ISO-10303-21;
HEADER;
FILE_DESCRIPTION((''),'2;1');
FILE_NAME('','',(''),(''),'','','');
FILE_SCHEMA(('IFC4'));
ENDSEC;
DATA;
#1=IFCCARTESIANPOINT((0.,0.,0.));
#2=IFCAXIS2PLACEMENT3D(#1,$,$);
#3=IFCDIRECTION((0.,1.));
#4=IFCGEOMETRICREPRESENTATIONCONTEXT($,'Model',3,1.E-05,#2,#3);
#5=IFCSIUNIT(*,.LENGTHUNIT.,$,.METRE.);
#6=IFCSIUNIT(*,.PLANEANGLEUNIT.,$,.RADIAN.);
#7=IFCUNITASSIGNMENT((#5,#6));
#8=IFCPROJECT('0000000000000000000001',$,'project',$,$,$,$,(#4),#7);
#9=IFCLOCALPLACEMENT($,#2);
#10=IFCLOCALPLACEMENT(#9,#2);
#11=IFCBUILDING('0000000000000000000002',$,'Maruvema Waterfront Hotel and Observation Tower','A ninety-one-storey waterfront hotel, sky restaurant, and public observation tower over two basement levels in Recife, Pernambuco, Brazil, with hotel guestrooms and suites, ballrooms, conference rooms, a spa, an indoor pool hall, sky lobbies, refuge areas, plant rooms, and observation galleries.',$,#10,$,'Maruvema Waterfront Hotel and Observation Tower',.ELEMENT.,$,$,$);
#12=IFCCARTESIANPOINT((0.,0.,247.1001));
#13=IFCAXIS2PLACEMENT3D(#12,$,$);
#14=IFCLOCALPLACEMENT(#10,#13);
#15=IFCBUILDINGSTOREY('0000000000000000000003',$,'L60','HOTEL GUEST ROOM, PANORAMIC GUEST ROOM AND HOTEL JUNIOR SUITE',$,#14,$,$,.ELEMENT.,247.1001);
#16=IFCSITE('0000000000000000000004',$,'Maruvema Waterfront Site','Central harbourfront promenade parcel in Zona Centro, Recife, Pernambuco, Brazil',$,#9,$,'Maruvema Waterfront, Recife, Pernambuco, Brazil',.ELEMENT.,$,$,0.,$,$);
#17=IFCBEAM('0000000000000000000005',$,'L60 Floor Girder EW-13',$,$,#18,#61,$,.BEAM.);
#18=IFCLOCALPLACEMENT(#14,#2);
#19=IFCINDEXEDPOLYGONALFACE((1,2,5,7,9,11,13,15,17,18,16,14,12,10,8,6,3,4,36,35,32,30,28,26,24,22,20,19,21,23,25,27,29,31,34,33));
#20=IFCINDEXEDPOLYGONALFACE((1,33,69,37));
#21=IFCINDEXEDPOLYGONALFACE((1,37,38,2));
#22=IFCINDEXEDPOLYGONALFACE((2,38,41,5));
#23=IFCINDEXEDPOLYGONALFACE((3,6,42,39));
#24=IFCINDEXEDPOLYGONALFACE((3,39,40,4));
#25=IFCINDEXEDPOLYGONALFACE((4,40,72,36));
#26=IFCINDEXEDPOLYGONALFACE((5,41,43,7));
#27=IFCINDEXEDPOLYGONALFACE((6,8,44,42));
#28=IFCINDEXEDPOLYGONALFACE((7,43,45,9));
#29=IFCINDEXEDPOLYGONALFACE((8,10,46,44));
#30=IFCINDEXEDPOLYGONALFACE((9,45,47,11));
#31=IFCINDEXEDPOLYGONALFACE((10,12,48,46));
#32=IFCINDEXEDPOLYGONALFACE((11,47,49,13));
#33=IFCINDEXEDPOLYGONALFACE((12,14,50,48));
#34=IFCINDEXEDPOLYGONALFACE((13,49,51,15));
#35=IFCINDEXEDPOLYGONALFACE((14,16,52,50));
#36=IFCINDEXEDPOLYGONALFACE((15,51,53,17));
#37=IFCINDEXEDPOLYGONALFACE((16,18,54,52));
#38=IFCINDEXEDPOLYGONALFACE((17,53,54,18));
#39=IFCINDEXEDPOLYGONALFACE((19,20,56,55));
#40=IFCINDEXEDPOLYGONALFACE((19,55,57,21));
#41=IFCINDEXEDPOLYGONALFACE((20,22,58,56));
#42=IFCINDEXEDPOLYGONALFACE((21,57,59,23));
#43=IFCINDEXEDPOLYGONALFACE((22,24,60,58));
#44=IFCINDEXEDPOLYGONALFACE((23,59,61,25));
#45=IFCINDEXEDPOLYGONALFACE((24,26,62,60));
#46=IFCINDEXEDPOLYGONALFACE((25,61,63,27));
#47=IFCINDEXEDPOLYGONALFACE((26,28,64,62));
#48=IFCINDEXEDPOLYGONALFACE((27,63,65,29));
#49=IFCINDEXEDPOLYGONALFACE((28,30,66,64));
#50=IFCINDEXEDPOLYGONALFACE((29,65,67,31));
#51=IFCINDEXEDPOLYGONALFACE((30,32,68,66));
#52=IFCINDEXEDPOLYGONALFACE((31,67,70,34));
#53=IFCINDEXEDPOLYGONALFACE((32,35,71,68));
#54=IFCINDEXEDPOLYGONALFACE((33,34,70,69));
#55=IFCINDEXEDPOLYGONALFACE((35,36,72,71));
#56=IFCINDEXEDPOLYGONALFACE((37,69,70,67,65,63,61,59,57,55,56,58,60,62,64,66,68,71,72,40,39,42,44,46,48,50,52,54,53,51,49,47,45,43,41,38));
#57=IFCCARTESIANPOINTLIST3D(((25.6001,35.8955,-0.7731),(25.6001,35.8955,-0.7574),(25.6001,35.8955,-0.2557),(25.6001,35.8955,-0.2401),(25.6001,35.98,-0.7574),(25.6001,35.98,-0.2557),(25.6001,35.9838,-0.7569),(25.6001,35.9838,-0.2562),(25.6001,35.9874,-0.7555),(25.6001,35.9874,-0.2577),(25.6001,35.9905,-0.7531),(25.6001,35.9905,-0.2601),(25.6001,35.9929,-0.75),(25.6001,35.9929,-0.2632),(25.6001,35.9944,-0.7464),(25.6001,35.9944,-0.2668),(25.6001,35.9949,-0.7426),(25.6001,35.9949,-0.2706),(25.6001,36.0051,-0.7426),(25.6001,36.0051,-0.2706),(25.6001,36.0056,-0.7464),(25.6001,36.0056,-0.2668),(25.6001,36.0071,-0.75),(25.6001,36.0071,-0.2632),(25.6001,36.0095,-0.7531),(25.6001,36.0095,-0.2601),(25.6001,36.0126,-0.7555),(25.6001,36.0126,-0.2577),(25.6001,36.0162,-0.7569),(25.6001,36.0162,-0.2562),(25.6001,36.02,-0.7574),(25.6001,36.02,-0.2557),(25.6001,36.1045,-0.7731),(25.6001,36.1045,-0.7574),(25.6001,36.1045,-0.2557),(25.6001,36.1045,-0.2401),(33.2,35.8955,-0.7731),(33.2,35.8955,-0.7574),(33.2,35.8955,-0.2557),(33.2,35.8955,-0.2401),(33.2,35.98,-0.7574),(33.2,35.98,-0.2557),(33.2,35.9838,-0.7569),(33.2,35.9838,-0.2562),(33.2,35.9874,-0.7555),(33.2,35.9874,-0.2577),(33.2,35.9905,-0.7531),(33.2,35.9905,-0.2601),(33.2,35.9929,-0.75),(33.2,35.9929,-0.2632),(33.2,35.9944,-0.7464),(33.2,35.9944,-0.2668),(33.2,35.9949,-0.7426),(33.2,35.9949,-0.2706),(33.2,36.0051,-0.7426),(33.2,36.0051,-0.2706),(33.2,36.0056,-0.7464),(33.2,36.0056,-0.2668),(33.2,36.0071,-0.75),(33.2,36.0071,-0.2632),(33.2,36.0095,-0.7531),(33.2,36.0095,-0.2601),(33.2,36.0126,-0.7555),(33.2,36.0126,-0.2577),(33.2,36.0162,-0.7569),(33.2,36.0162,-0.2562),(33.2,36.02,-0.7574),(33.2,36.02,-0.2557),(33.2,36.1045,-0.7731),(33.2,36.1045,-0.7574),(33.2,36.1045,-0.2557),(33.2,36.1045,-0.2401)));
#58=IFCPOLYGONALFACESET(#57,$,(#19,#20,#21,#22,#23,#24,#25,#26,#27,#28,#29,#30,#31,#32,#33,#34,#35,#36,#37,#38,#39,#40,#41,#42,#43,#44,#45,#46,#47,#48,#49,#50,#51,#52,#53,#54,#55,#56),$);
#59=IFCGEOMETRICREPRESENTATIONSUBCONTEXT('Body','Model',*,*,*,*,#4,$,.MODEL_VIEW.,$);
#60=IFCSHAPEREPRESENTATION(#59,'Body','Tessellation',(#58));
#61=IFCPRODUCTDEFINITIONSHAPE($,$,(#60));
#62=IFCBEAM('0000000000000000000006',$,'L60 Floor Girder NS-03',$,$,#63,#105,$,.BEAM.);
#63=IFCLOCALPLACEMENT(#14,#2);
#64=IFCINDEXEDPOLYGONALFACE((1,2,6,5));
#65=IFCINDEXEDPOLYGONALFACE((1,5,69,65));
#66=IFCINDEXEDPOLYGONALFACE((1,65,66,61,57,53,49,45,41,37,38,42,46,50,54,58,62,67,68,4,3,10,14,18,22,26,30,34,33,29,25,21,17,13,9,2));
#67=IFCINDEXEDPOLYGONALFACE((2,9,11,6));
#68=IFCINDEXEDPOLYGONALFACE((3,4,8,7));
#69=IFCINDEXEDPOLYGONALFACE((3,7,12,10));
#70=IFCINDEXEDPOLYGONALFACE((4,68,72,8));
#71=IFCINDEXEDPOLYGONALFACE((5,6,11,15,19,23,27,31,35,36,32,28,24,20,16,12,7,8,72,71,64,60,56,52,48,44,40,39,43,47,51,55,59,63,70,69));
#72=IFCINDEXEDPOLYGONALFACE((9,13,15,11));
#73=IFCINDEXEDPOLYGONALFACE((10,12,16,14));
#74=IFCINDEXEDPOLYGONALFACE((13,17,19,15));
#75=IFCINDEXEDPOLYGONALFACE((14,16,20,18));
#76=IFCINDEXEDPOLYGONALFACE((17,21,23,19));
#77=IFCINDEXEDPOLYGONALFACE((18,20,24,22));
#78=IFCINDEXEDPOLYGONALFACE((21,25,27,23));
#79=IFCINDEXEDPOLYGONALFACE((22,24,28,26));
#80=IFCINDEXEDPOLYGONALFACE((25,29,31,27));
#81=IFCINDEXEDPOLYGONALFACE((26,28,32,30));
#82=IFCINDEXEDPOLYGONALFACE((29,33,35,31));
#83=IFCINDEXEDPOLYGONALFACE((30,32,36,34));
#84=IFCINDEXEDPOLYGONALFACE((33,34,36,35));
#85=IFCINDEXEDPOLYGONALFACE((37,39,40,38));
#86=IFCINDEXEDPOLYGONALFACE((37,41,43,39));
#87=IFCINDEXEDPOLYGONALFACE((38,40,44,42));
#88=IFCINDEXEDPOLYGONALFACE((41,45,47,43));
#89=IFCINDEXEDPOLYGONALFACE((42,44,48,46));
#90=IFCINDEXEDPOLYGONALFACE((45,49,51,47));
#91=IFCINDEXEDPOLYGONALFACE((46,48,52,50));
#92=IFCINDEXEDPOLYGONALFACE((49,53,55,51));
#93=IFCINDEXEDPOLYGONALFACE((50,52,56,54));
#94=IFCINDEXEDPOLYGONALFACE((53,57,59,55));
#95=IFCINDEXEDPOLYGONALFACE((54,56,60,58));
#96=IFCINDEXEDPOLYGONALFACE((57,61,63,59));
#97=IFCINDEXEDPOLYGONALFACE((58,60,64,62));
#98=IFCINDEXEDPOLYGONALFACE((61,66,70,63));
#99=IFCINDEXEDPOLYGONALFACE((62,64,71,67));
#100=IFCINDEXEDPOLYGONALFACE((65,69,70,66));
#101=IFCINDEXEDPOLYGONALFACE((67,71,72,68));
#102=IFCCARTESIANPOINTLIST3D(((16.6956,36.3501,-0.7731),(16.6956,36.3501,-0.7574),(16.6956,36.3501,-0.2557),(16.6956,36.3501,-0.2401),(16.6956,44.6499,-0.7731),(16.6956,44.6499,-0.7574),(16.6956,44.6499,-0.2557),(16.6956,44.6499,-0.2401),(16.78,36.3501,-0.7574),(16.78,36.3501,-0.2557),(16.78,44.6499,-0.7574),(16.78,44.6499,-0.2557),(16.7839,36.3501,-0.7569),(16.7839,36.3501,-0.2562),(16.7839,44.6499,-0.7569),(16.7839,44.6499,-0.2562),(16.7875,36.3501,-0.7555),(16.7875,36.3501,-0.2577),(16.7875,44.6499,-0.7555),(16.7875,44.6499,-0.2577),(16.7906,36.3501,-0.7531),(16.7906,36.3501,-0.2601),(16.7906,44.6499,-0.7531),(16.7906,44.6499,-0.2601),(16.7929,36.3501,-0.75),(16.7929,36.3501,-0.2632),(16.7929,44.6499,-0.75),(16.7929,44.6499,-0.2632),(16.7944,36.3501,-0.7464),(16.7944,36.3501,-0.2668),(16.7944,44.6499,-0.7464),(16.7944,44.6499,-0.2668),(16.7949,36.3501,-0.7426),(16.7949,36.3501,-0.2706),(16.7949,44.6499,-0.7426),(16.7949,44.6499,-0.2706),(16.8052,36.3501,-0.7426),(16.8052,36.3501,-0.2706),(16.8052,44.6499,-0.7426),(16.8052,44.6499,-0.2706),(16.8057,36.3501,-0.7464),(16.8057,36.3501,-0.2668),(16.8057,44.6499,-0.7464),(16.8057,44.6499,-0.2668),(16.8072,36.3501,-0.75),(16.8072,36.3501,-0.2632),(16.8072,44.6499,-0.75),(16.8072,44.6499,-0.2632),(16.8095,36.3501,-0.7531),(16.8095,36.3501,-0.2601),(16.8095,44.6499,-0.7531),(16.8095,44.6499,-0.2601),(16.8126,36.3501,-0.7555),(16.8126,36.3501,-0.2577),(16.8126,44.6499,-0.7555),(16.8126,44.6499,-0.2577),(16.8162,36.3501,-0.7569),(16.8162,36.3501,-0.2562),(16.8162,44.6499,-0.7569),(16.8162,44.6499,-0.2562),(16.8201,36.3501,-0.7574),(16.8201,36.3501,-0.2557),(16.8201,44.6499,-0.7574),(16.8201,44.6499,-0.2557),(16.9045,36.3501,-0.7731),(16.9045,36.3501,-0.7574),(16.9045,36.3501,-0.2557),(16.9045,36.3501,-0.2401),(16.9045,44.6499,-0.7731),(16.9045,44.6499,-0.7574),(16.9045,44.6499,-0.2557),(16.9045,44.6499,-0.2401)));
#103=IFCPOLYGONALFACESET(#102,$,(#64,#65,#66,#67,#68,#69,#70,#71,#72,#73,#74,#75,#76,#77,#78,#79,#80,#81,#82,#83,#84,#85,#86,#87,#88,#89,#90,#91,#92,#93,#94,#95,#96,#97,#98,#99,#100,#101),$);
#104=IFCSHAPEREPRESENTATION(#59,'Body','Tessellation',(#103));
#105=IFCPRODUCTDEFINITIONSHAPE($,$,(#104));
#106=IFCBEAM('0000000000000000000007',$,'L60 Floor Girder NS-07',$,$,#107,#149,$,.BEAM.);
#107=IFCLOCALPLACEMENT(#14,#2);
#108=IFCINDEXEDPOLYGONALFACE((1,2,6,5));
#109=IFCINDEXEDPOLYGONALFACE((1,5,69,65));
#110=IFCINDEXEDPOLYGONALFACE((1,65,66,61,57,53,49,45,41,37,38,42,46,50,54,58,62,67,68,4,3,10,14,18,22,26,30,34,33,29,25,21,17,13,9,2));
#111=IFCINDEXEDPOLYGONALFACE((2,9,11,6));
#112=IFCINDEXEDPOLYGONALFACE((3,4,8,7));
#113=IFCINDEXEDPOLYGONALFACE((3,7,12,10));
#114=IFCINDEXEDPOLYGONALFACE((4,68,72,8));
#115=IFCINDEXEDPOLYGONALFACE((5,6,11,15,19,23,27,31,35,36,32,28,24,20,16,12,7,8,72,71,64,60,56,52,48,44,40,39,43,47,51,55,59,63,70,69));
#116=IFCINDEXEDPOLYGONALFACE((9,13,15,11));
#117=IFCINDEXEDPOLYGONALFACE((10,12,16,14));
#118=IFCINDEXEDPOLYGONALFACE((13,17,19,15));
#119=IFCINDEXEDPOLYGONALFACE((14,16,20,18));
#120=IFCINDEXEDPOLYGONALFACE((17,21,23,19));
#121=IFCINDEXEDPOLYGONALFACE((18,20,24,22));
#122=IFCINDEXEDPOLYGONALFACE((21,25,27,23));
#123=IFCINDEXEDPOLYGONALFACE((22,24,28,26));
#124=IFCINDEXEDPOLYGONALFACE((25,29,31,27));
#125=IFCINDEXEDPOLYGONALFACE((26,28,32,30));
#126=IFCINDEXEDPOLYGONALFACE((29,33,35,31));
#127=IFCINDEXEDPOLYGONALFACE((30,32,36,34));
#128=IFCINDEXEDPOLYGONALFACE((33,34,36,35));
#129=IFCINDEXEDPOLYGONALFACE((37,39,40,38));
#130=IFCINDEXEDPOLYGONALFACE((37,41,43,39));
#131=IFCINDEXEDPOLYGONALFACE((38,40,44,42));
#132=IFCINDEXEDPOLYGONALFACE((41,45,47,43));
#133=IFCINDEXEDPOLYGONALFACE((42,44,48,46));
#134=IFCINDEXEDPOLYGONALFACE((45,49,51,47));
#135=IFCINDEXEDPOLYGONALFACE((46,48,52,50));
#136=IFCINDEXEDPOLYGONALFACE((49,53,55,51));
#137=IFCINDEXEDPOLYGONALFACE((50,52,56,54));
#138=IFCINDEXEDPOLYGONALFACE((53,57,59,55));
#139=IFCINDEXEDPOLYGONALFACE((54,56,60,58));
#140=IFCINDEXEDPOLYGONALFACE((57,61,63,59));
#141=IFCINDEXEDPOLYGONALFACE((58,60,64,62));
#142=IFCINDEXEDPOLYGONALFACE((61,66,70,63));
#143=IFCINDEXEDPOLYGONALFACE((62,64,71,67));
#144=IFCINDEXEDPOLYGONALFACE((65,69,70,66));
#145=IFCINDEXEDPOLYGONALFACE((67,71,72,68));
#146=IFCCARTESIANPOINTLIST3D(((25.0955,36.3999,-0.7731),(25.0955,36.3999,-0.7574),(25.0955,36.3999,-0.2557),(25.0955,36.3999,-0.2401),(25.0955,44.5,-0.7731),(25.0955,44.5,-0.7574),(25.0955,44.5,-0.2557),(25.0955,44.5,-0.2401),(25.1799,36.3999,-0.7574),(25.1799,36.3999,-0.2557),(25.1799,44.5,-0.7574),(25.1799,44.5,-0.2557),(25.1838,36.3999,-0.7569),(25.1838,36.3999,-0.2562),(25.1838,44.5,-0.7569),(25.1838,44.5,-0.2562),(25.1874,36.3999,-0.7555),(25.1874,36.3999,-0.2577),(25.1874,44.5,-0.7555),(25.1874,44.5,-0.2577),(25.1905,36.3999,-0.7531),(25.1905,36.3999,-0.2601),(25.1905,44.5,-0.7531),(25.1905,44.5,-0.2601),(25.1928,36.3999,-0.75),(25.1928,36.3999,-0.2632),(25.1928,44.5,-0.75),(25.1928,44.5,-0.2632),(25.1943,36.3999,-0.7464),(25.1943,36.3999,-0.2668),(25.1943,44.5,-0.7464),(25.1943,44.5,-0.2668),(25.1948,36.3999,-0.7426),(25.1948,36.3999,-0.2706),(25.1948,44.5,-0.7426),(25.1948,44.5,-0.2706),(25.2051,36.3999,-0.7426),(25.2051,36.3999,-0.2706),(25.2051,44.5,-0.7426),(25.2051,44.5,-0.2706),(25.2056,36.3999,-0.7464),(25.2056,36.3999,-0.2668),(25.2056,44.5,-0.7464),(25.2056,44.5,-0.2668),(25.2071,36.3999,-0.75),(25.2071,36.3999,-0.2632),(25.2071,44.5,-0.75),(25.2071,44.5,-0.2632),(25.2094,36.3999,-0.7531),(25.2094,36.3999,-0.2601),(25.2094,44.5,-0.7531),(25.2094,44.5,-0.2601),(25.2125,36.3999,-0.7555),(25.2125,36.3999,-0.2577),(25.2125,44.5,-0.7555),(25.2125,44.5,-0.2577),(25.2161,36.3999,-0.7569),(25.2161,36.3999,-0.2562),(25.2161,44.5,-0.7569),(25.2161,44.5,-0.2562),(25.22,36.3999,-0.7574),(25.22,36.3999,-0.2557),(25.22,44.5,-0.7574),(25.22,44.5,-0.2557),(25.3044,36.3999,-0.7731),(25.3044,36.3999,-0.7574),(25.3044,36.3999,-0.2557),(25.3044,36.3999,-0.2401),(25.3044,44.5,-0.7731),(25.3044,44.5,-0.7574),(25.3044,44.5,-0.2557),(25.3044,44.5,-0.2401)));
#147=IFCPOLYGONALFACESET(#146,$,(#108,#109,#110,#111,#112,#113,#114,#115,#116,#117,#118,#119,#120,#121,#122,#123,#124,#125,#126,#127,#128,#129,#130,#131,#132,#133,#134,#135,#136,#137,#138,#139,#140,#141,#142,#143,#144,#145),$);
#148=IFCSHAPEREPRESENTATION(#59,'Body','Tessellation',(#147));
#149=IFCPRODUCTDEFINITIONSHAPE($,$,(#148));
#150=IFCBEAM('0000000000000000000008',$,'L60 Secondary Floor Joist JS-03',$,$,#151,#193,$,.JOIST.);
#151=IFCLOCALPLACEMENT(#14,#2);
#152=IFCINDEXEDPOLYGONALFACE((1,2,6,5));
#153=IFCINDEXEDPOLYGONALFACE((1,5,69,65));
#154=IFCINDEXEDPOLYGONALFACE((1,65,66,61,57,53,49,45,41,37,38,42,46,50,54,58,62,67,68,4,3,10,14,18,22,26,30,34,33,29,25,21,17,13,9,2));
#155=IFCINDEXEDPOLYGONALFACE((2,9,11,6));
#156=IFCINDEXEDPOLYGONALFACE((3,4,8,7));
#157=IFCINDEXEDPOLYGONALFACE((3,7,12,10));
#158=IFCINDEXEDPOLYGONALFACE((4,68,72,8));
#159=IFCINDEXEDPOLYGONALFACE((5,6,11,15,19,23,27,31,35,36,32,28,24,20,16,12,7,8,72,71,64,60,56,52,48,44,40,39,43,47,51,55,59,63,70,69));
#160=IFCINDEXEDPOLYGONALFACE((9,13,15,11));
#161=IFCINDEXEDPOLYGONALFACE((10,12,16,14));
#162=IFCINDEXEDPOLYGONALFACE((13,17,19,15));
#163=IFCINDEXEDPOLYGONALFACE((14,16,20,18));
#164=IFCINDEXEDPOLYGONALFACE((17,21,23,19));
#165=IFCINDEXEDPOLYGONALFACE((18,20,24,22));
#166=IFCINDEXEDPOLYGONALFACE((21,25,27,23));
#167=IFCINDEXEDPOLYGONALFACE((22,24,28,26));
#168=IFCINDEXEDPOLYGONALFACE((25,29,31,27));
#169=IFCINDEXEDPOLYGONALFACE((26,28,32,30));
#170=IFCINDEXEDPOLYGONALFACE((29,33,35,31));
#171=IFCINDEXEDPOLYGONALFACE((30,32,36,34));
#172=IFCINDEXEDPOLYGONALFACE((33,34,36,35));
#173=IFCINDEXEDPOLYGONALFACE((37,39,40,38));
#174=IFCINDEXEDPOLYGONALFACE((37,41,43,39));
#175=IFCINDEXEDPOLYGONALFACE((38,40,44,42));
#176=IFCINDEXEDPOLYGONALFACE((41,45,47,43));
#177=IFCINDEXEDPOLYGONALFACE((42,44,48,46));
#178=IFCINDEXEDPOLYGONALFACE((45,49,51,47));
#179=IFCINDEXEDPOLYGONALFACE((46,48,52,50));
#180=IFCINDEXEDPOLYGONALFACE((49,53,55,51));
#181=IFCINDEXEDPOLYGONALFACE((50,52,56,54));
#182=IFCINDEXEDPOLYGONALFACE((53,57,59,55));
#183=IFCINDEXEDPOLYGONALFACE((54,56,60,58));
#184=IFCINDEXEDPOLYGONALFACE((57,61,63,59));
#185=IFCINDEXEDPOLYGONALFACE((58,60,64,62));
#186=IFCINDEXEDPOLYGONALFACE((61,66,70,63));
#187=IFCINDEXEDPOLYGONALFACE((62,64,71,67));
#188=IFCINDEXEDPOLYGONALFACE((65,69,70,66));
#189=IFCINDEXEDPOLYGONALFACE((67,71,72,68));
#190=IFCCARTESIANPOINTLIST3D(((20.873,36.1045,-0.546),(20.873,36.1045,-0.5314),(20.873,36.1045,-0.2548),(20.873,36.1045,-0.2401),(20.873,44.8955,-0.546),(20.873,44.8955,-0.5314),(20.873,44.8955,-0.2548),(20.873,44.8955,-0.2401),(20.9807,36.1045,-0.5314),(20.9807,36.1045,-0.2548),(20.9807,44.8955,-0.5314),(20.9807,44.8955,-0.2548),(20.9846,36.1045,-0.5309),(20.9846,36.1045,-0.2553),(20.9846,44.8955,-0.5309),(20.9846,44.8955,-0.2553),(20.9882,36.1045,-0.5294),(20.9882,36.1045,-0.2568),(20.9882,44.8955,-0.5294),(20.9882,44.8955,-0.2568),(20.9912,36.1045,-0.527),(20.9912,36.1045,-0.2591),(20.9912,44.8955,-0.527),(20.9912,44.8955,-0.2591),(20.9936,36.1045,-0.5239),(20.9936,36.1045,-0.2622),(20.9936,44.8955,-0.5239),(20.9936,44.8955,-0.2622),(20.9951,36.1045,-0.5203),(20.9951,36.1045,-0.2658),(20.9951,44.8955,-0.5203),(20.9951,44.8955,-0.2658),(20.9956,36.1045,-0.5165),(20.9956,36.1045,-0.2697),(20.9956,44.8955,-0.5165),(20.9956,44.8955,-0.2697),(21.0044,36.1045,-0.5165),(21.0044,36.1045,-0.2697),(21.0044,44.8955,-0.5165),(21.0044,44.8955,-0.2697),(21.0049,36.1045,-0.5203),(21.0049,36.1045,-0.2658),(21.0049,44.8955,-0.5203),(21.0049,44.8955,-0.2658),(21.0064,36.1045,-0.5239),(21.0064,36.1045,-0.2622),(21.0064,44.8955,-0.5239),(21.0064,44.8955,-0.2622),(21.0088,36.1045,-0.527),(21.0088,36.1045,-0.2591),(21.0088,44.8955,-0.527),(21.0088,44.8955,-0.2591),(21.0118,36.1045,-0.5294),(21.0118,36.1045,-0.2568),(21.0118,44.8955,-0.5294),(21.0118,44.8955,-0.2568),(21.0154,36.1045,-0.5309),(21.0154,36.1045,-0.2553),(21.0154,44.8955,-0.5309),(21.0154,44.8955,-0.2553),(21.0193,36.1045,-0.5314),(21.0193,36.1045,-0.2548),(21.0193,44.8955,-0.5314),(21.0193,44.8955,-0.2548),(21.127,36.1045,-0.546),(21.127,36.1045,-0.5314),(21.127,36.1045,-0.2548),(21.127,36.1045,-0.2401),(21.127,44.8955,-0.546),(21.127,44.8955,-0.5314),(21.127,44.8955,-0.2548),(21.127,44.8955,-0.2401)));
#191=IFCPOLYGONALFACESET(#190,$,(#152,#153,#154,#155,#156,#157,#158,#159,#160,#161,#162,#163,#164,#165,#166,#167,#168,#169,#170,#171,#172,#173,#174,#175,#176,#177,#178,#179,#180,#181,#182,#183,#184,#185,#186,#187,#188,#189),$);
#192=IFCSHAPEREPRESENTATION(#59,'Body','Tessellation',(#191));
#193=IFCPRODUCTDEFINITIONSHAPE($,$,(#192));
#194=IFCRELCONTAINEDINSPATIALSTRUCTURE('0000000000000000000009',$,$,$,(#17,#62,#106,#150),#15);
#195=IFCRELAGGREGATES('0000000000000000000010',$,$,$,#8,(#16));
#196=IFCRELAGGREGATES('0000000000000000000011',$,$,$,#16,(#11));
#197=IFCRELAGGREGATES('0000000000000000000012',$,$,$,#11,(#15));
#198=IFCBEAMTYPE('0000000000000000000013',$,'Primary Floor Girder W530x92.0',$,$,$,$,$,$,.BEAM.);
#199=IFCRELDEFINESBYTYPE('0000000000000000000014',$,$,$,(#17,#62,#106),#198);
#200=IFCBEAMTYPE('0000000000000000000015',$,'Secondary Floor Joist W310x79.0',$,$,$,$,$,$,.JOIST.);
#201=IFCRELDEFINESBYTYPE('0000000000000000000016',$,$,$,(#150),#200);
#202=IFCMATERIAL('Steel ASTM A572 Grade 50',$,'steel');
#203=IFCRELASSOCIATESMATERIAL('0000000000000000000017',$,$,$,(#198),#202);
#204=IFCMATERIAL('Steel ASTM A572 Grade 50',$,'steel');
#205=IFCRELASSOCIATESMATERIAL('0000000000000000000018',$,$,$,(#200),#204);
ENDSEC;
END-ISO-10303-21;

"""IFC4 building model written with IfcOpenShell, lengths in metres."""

from ifc_helpers import new_model, si_unit, direction, frame, origin, origin_2d, place, context, subcontext, project, spatial, i_section, extrude, material, material_profile, profile_set, type_object, element, save


model = new_model("IFC4")

# Units and contexts
model_context = context("Model", 3, precision=1e-05, world=origin(), true_north=direction((0.0, 1.0)))
body_context = subcontext(model_context, "Body", "Model", "MODEL_VIEW")
ifc_project = project(units=[si_unit("LENGTHUNIT", "METRE"), si_unit("PLANEANGLEUNIT", "RADIAN")], contexts=[model_context])

# Site, building, storey
site_placement = place(None, origin())
site = spatial("IfcSite", under=ifc_project, at=site_placement, Name="Maruvema Waterfront Site", Description="Central harbourfront promenade parcel in Zona Centro, Recife, Pernambuco, Brazil", LongName="Maruvema Waterfront, Recife, Pernambuco, Brazil", CompositionType="ELEMENT", RefElevation=0.0)
building_placement = place(site_placement, origin())
building = spatial("IfcBuilding", under=site, at=building_placement, Name="Maruvema Waterfront Hotel and Observation Tower", Description="A ninety-one-storey waterfront hotel, sky restaurant, and public observation tower over two basement levels in Recife, Pernambuco, Brazil, with hotel guestrooms and suites, ballrooms, conference rooms, a spa, an indoor pool hall, sky lobbies, refuge areas, plant rooms, and observation galleries.", LongName="Maruvema Waterfront Hotel and Observation Tower", CompositionType="ELEMENT")
storey_placement = place(building_placement, frame((0.0, 0.0, 247.1001)))
storey = spatial("IfcBuildingStorey", under=building, at=storey_placement, Name="L60", Description="HOTEL GUEST ROOM, PANORAMIC GUEST ROOM AND HOTEL JUNIOR SUITE", CompositionType="ELEMENT", Elevation=247.1001)

# Beams
ifc_material_1 = material(Name="Steel ASTM A572 Grade 50", Category="steel")
ifc_material_profile_1 = material_profile(ifc_material_1, i_section(OverallWidth=0.209, OverallDepth=0.533, WebThickness=0.0103, FlangeThickness=0.0156, FilletRadius=0.0149, at=origin_2d()), Name="W530x92.0")
ifc_profile_set_1 = profile_set([ifc_material_profile_1], Name="Steel ASTM A572 Grade 50")
beam_type_1 = type_object("IfcBeamType", Name="Primary Floor Girder W530x92.0", PredefinedType="BEAM", material=ifc_profile_set_1)
beam_1_placement = place(storey_placement, frame((25.6001, 36.0, -0.5066), z_axis=(1.0, 0.0, 0.0), x_axis=(0.0, 1.0, 0.0)))
element("IfcBeam", 1, at=beam_1_placement, inside=storey, type_object=beam_type_1, Name="L60 Floor Girder EW-13", PredefinedType="BEAM", context=body_context, shape_type="SweptSolid", body=[
    extrude(i_section(OverallWidth=0.209, OverallDepth=0.533, WebThickness=0.0103, FlangeThickness=0.0156, FilletRadius=0.0149, at=origin_2d()), origin(), (0.0, 0.0, 1.0), 7.5999),
])
beam_2_placement = place(storey_placement, frame((16.8, 36.3501, -0.5066), z_axis=(0.0, 1.0, 0.0), x_axis=(-1.0, 0.0, 0.0)))
element("IfcBeam", 2, at=beam_2_placement, inside=storey, type_object=beam_type_1, Name="L60 Floor Girder NS-03", PredefinedType="BEAM", context=body_context, shape_type="SweptSolid", body=[
    extrude(i_section(OverallWidth=0.209, OverallDepth=0.533, WebThickness=0.0103, FlangeThickness=0.0156, FilletRadius=0.0149, at=origin_2d()), origin(), (0.0, 0.0, 1.0), 8.2998),
])
beam_3_placement = place(storey_placement, frame((25.2, 36.3999, -0.5066), z_axis=(0.0, 1.0, 0.0), x_axis=(-1.0, 0.0, 0.0)))
element("IfcBeam", 3, at=beam_3_placement, inside=storey, type_object=beam_type_1, Name="L60 Floor Girder NS-07", PredefinedType="BEAM", context=body_context, shape_type="SweptSolid", body=[
    extrude(i_section(OverallWidth=0.209, OverallDepth=0.533, WebThickness=0.0103, FlangeThickness=0.0156, FilletRadius=0.0149, at=origin_2d()), origin(), (0.0, 0.0, 1.0), 8.1001),
])
ifc_material_2 = material(Name="Steel ASTM A572 Grade 50", Category="steel")
ifc_material_profile_2 = material_profile(ifc_material_2, i_section(OverallWidth=0.2539, OverallDepth=0.3059, WebThickness=0.0088, FlangeThickness=0.0146, FilletRadius=0.0149, at=origin_2d()), Name="W310x79.0")
ifc_profile_set_2 = profile_set([ifc_material_profile_2], Name="Steel ASTM A572 Grade 50")
beam_type_2 = type_object("IfcBeamType", Name="Secondary Floor Joist W310x79.0", PredefinedType="JOIST", material=ifc_profile_set_2)
beam_4_placement = place(storey_placement, frame((21.0, 36.1045, -0.3931), z_axis=(0.0, 1.0, 0.0), x_axis=(-1.0, 0.0, 0.0)))
element("IfcBeam", 4, at=beam_4_placement, inside=storey, type_object=beam_type_2, Name="L60 Secondary Floor Joist JS-03", PredefinedType="JOIST", context=body_context, shape_type="SweptSolid", body=[
    extrude(i_section(OverallWidth=0.2539, OverallDepth=0.3059, WebThickness=0.0088, FlangeThickness=0.0146, FilletRadius=0.0149, at=origin_2d()), origin(), (0.0, 0.0, 1.0), 8.791),
])

save(model, "model.ifc")
